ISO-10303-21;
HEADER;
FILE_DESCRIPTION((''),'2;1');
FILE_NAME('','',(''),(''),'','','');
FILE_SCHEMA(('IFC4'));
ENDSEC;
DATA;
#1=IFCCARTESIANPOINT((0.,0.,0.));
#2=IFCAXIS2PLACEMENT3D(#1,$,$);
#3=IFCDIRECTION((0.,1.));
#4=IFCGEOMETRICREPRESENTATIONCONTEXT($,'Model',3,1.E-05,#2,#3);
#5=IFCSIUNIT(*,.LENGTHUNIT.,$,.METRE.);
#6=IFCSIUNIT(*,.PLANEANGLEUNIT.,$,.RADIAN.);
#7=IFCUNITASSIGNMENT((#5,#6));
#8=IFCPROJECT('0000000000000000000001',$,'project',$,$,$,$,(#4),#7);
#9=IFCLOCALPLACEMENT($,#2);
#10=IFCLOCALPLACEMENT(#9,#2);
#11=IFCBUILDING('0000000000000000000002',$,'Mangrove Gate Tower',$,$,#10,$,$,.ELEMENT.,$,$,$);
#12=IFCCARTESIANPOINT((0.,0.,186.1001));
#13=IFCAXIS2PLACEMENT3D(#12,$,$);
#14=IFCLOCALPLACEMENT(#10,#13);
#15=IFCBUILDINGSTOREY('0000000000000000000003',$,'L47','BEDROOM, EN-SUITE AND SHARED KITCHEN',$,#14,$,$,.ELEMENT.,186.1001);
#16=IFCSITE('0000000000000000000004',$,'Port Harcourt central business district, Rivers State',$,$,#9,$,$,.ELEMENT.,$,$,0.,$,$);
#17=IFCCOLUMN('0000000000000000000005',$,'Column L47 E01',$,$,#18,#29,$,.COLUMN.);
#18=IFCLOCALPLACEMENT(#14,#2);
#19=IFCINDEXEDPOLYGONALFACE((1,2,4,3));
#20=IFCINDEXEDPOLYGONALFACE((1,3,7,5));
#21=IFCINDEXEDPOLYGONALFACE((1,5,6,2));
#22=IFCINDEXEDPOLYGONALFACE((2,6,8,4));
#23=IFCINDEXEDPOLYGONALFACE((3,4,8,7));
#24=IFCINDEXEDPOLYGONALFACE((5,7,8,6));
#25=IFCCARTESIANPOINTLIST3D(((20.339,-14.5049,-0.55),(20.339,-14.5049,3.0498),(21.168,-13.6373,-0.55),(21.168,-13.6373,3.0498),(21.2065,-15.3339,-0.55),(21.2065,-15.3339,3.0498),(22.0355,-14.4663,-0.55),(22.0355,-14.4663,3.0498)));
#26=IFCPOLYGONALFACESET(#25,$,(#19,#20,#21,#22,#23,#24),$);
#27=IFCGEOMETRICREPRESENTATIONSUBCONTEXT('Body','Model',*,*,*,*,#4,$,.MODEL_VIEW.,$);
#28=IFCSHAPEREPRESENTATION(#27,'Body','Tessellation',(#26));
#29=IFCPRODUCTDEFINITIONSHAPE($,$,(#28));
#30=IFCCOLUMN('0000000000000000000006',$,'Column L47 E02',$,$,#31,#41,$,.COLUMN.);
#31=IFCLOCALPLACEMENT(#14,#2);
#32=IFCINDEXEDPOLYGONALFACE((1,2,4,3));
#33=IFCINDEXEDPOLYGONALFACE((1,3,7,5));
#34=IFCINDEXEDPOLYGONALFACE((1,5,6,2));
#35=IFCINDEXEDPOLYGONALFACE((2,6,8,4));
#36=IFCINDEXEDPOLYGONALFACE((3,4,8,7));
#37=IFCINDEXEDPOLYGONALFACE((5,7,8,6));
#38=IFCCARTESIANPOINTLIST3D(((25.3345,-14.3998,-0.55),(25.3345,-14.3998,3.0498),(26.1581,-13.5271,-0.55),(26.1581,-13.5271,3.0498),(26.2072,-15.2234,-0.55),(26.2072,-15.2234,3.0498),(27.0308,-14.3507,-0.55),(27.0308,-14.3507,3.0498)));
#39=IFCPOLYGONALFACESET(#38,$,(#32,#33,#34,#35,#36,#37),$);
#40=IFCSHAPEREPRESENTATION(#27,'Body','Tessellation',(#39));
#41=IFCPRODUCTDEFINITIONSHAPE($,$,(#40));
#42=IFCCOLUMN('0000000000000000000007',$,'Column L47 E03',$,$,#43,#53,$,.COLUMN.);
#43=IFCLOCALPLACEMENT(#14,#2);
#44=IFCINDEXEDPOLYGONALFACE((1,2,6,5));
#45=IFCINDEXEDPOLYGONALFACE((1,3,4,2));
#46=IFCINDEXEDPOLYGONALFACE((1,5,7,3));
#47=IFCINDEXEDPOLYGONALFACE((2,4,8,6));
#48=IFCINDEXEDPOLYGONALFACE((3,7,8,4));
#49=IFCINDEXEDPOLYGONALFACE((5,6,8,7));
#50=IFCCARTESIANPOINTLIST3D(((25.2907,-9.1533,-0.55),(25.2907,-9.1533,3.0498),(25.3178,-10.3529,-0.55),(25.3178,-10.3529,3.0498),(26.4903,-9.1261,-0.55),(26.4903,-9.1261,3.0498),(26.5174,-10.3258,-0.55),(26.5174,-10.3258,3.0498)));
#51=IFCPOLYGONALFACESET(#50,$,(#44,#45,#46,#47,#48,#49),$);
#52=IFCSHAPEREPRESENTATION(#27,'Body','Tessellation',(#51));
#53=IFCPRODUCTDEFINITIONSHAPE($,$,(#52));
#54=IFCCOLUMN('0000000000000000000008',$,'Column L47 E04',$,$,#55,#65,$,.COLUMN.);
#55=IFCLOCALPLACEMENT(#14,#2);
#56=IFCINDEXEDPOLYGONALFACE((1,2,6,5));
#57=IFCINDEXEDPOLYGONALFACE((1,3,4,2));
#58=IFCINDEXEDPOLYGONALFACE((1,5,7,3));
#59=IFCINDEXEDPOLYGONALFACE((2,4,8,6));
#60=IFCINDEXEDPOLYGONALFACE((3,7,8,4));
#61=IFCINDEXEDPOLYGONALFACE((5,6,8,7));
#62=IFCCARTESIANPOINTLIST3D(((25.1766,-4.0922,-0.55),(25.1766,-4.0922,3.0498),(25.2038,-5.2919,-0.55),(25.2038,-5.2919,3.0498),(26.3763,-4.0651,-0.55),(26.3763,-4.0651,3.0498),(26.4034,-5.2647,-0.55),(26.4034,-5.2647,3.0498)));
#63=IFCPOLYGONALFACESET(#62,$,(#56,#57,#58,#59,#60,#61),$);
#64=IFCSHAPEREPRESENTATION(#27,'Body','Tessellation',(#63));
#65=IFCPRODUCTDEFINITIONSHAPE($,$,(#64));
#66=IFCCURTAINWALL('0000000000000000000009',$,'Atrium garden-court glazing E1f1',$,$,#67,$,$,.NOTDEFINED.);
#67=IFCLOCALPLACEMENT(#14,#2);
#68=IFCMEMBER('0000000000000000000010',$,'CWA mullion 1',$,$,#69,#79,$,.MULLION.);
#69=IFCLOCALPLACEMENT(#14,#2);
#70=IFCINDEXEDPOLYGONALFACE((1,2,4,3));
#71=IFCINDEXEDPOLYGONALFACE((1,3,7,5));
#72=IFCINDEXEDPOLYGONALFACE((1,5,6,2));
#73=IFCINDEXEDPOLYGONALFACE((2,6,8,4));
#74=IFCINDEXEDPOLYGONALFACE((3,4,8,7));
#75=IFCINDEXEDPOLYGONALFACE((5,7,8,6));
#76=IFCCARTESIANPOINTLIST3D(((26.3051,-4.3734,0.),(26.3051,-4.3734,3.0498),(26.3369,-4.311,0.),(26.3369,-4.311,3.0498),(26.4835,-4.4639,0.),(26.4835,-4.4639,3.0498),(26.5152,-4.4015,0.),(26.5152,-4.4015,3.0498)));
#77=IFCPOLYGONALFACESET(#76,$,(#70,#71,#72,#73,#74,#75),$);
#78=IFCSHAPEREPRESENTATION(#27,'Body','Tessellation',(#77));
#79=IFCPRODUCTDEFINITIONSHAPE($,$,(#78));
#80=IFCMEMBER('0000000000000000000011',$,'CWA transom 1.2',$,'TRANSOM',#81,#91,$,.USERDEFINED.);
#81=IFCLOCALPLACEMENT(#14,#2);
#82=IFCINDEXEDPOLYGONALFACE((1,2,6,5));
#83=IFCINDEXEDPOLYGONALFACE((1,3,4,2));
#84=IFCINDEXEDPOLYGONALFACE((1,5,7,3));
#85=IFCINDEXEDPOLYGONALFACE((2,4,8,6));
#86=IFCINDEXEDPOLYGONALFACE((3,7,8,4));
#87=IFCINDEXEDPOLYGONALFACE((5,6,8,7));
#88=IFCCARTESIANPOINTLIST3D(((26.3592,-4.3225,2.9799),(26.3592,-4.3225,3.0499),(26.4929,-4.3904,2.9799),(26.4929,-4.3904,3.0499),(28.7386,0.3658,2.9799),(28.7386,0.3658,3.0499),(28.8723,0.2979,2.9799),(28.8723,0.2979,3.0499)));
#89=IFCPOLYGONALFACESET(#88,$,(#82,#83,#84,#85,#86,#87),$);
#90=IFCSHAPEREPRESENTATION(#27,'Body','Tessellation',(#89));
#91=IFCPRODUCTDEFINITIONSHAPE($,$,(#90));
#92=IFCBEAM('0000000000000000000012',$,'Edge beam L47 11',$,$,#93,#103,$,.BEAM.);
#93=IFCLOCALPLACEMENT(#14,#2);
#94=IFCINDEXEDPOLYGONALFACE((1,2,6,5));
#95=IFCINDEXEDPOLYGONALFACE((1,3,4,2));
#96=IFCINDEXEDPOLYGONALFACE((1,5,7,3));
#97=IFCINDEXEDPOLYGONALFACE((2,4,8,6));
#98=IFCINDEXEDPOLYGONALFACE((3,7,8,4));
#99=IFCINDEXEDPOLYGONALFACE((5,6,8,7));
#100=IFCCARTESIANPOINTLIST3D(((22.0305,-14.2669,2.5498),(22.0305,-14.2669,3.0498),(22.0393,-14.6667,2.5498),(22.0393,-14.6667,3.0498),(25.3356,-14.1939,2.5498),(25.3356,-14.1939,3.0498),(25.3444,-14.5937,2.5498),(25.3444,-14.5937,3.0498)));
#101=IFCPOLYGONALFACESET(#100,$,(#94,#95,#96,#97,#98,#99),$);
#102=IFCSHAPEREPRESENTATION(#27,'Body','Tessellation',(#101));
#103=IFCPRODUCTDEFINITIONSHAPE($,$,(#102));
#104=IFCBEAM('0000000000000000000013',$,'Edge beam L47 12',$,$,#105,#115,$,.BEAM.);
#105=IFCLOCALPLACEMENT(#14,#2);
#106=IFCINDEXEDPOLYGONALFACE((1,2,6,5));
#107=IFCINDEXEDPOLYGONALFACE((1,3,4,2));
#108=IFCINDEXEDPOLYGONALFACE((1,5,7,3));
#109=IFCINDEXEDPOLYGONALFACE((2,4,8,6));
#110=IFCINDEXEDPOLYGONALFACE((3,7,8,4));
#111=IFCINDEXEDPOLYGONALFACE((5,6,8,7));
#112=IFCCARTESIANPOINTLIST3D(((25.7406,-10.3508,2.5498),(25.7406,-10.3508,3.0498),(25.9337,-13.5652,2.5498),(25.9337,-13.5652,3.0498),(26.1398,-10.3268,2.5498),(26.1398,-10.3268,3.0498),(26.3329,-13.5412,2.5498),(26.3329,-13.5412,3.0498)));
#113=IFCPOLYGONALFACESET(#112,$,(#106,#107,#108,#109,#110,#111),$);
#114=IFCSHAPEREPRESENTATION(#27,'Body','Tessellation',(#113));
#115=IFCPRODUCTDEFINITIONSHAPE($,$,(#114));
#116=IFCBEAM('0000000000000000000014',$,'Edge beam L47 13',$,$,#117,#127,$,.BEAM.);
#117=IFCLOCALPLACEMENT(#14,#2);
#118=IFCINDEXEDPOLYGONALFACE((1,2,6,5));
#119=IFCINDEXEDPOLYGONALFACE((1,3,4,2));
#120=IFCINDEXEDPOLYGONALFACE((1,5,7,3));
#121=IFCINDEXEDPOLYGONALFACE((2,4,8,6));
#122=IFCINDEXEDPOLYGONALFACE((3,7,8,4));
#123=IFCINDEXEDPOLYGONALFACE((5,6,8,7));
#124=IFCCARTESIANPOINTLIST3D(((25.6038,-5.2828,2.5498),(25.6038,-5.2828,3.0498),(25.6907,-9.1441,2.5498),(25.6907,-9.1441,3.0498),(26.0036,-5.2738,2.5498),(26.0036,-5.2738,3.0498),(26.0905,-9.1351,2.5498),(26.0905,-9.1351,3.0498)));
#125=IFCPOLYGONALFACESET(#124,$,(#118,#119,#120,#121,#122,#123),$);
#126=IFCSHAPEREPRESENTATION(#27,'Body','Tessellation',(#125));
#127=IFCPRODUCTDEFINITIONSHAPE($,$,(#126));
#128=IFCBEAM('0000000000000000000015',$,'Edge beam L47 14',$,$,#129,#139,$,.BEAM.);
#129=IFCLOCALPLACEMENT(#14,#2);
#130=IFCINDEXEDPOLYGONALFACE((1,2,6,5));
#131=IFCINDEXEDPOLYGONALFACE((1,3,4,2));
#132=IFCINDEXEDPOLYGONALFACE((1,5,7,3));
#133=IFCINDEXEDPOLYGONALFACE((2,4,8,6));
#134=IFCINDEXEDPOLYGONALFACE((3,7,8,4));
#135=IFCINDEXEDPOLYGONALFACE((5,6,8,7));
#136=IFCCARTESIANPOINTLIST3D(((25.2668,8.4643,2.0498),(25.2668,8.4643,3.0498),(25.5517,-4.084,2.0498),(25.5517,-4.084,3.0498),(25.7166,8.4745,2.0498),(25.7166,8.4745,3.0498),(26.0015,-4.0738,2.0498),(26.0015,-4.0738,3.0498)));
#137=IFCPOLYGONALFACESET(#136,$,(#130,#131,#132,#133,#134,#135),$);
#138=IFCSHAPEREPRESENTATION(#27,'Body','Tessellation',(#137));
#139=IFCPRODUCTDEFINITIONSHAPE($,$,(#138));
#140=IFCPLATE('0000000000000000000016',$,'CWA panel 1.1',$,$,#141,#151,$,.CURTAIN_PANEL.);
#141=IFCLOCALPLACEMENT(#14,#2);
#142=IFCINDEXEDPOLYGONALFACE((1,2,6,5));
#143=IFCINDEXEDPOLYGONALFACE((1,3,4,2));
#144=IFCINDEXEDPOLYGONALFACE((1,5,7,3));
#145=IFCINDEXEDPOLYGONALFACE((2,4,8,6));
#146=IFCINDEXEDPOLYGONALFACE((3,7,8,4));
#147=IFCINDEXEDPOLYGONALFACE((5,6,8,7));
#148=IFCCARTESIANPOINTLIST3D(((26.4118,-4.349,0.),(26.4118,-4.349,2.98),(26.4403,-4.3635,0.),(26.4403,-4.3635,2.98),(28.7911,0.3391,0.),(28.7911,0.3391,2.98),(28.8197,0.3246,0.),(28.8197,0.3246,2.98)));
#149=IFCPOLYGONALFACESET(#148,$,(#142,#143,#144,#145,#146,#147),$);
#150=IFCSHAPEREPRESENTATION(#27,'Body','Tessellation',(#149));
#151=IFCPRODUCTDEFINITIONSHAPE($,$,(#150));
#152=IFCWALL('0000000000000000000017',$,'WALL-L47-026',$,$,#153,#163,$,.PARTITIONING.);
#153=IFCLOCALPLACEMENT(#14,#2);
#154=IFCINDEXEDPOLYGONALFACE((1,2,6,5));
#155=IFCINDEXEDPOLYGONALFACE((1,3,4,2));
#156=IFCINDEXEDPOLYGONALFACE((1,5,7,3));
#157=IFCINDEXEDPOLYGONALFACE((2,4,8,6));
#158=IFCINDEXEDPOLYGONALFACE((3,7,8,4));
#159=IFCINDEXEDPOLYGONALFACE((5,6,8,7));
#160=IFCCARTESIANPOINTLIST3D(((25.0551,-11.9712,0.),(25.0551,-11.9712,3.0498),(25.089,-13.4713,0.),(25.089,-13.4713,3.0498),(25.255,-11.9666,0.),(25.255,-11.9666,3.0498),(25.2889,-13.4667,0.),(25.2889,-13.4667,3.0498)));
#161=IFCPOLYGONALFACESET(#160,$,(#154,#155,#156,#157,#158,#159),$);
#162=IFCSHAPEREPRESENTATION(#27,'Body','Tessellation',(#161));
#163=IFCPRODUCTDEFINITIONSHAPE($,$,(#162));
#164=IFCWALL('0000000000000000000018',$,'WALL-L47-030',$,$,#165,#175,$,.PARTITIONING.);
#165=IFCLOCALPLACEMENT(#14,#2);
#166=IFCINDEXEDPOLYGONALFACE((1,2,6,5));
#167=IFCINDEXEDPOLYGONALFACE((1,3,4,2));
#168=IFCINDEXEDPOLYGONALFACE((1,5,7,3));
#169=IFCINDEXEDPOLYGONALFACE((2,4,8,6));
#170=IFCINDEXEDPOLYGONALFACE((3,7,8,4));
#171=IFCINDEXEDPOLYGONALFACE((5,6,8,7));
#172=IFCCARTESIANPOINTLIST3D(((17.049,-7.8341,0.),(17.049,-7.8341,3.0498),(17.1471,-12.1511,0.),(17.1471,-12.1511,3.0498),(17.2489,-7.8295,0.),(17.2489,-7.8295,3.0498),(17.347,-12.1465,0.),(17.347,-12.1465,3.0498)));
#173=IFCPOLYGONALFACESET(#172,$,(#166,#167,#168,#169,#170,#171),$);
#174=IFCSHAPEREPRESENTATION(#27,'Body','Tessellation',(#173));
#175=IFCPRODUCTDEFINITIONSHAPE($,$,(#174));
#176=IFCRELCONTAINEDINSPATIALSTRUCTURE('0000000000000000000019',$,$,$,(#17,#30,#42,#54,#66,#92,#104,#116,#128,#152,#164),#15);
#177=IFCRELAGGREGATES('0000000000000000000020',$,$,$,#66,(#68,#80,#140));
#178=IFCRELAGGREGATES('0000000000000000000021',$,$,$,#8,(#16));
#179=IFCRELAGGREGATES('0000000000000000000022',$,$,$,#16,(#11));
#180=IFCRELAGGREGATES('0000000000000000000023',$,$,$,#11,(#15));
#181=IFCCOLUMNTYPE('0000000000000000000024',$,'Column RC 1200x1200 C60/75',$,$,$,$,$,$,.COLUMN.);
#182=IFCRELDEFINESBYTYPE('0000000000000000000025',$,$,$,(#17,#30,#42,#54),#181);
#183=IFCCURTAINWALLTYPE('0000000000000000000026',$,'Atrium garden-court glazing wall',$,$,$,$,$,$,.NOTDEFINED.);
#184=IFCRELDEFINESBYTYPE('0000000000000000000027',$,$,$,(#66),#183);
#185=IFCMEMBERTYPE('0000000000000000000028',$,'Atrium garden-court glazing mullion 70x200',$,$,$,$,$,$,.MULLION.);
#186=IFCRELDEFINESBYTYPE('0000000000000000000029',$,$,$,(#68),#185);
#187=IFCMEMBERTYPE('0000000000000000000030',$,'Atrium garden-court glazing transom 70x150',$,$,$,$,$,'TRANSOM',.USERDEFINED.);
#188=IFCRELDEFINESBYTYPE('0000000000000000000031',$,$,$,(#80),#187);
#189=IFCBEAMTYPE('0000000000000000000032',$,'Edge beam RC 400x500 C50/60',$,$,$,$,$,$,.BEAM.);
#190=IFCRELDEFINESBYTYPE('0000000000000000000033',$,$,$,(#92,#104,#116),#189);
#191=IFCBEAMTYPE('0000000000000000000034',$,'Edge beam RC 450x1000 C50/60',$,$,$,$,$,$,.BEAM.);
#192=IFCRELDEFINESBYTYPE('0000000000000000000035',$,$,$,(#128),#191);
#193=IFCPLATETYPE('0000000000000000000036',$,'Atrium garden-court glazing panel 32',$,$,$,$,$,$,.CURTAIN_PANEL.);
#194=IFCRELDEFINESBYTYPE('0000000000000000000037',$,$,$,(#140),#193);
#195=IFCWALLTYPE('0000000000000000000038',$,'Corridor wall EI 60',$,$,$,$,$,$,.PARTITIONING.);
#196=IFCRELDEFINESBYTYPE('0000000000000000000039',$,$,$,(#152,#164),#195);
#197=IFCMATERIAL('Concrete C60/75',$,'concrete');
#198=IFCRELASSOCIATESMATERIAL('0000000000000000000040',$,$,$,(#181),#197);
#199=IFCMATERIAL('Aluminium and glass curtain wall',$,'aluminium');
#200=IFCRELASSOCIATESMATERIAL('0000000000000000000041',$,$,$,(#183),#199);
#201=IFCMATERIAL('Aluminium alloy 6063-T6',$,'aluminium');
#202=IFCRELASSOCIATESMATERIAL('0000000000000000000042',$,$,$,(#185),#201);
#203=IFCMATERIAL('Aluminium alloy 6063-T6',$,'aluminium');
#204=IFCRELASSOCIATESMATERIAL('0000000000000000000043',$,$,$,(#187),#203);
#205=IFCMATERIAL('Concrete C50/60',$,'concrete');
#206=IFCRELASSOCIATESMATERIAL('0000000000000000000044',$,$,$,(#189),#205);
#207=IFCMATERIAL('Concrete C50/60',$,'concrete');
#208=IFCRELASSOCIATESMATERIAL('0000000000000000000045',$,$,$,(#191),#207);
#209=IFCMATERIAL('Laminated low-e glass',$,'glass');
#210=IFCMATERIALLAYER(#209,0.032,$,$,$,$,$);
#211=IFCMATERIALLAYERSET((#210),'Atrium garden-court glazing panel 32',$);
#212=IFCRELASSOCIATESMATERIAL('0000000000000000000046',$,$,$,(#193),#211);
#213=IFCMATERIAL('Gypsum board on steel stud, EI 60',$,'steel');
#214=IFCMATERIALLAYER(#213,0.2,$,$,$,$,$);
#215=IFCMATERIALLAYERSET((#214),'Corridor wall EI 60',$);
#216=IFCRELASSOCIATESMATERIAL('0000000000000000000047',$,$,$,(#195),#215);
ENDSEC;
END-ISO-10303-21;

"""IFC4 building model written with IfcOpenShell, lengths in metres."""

from ifc_helpers import new_model, si_unit, direction, frame, frame_2d, origin, origin_2d, place, context, subcontext, project, spatial, rectangle, extrude, material, layer, layer_set, material_profile, profile_set, type_object, element, aggregate, save


model = new_model("IFC4")

# Units and contexts
model_context = context("Model", 3, precision=1e-05, world=origin(), true_north=direction((0.0, 1.0)))
body_context = subcontext(model_context, "Body", "Model", "MODEL_VIEW")
ifc_project = project(units=[si_unit("LENGTHUNIT", "METRE"), si_unit("PLANEANGLEUNIT", "RADIAN")], contexts=[model_context])

# Site, building, storey
site_placement = place(None, origin())
site = spatial("IfcSite", under=ifc_project, at=site_placement, Name="Port Harcourt central business district, Rivers State", CompositionType="ELEMENT", RefElevation=0.0)
building_placement = place(site_placement, origin())
building = spatial("IfcBuilding", under=site, at=building_placement, Name="Mangrove Gate Tower", CompositionType="ELEMENT")
storey_placement = place(building_placement, frame((0.0, 0.0, 186.1001)))
storey = spatial("IfcBuildingStorey", under=building, at=storey_placement, Name="L47", Description="BEDROOM, EN-SUITE AND SHARED KITCHEN", CompositionType="ELEMENT", Elevation=186.1001)

# Columns
ifc_material_1 = material(Name="Concrete C60/75", Category="concrete")
ifc_material_profile_1 = material_profile(ifc_material_1, rectangle(XDim=1.2, YDim=1.2, at=origin_2d()))
ifc_profile_set_1 = profile_set([ifc_material_profile_1], Name="Concrete C60/75")
column_type = type_object("IfcColumnType", Name="Column RC 1200x1200 C60/75", PredefinedType="COLUMN", material=ifc_profile_set_1)
for number, where, z_axis, x_axis, name in (
    (1, (21.1873, -14.4856, -0.55), (0.0, 0.0, 1.0), (0.690873, 0.722977, 0.0), "Column L47 E01"),
    (2, (26.1826, -14.3752, -0.55), (0.0, 0.0, 1.0), (0.686359, 0.727263, 0.0), "Column L47 E02"),
    (3, (25.9041, -9.7395, -0.55), (0.0, 0.0, 1.0), (-0.022618, 0.999744, 0.0), "Column L47 E03"),
    (4, (25.79, -4.6785, -0.55), (0.0, 0.0, 1.0), (-0.022643, 0.999744, 0.0), "Column L47 E04"),
):
    element("IfcColumn", number, at=place(storey_placement, frame(where, z_axis=z_axis, x_axis=x_axis)), inside=storey, type_object=column_type, Name=name, PredefinedType="COLUMN", context=body_context, shape_type="SweptSolid", body=[
        extrude(rectangle(XDim=1.2, YDim=1.2, at=origin_2d()), origin(), (0.0, 0.0, 1.0), 3.5999),
    ])

# Curtain wall, members
ifc_material_2 = material(Name="Aluminium and glass curtain wall", Category="aluminium")
curtain_wall_type = type_object("IfcCurtainWallType", Name="Atrium garden-court glazing wall", PredefinedType="NOTDEFINED", material=ifc_material_2)
curtain_wall_placement = place(storey_placement, origin())
curtain_wall = element("IfcCurtainWall", 5, at=curtain_wall_placement, inside=storey, type_object=curtain_wall_type, Name="Atrium garden-court glazing E1f1", PredefinedType="NOTDEFINED")
ifc_material_3 = material(Name="Aluminium alloy 6063-T6", Category="aluminium")
ifc_material_profile_2 = material_profile(ifc_material_3, rectangle(XDim=0.0701, YDim=0.2, at=origin_2d()))
ifc_profile_set_2 = profile_set([ifc_material_profile_2], Name="Aluminium alloy 6063-T6")
member_type_1 = type_object("IfcMemberType", Name="Atrium garden-court glazing mullion 70x200", PredefinedType="MULLION", material=ifc_profile_set_2)
member_1_placement = place(storey_placement, frame((26.4102, -4.3875, 0.0), z_axis=(0.0, 0.0, 1.0), x_axis=(0.452578, 0.891725, 0.0)))
member_1 = element("IfcMember", 6, at=member_1_placement, type_object=member_type_1, Name="CWA mullion 1", PredefinedType="MULLION", context=body_context, shape_type="SweptSolid", body=[
    extrude(rectangle(XDim=0.0701, YDim=0.2, at=origin_2d()), origin(), (0.0, 0.0, 1.0), 3.0498),
])
ifc_material_4 = material(Name="Aluminium alloy 6063-T6", Category="aluminium")
ifc_material_profile_3 = material_profile(ifc_material_4, rectangle(XDim=0.0701, YDim=0.1499, at=origin_2d()))
ifc_profile_set_3 = profile_set([ifc_material_profile_3], Name="Aluminium alloy 6063-T6")
member_type_2 = type_object("IfcMemberType", Name="Atrium garden-court glazing transom 70x150", ElementType="TRANSOM", PredefinedType="USERDEFINED", material=ifc_profile_set_3)
member_2_placement = place(storey_placement, frame((26.426, -4.3564, 3.0149), z_axis=(0.452574, 0.891727, 0.0), x_axis=(0.0, 0.0, 1.0)))
member_2 = element("IfcMember", 7, at=member_2_placement, type_object=member_type_2, Name="CWA transom 1.2", ObjectType="TRANSOM", PredefinedType="USERDEFINED", context=body_context, shape_type="SweptSolid", body=[
    extrude(rectangle(XDim=0.0701, YDim=0.1499, at=origin_2d()), origin(), (0.0, 0.0, 1.0), 5.2576),
])

# Beams
ifc_material_5 = material(Name="Concrete C50/60", Category="concrete")
ifc_material_profile_4 = material_profile(ifc_material_5, rectangle(XDim=0.3999, YDim=0.5, at=origin_2d()))
ifc_profile_set_4 = profile_set([ifc_material_profile_4], Name="Concrete C50/60")
beam_type_1 = type_object("IfcBeamType", Name="Edge beam RC 400x500 C50/60", PredefinedType="BEAM", material=ifc_profile_set_4)
beam_1_placement = place(storey_placement, frame((22.0349, -14.4668, 2.7998), z_axis=(0.999756, 0.022081, 0.0), x_axis=(-0.022081, 0.999756, 0.0)))
element("IfcBeam", 8, at=beam_1_placement, inside=storey, type_object=beam_type_1, Name="Edge beam L47 11", PredefinedType="BEAM", context=body_context, shape_type="SweptSolid", body=[
    extrude(rectangle(XDim=0.3999, YDim=0.5, at=origin_2d()), origin(), (0.0, 0.0, 1.0), 3.3059),
])
beam_2_placement = place(storey_placement, frame((26.1333, -13.5532, 2.7998), z_axis=(-0.059971, 0.9982, 0.0), x_axis=(-0.9982, -0.059971, 0.0)))
element("IfcBeam", 9, at=beam_2_placement, inside=storey, type_object=beam_type_1, Name="Edge beam L47 12", PredefinedType="BEAM", context=body_context, shape_type="SweptSolid", body=[
    extrude(rectangle(XDim=0.3999, YDim=0.5, at=origin_2d()), origin(), (0.0, 0.0, 1.0), 3.2202),
])
beam_3_placement = place(storey_placement, frame((25.8906, -9.1396, 2.7998), z_axis=(-0.022503, 0.999747, 0.0), x_axis=(-0.999747, -0.022503, 0.0)))
element("IfcBeam", 10, at=beam_3_placement, inside=storey, type_object=beam_type_1, Name="Edge beam L47 13", PredefinedType="BEAM", context=body_context, shape_type="SweptSolid", body=[
    extrude(rectangle(XDim=0.3999, YDim=0.5, at=origin_2d()), origin(), (0.0, 0.0, 1.0), 3.8623),
])
ifc_material_6 = material(Name="Concrete C50/60", Category="concrete")
ifc_material_profile_5 = material_profile(ifc_material_6, rectangle(XDim=0.45, YDim=1.0, at=origin_2d()))
ifc_profile_set_5 = profile_set([ifc_material_profile_5], Name="Concrete C50/60")
beam_type_2 = type_object("IfcBeamType", Name="Edge beam RC 450x1000 C50/60", PredefinedType="BEAM", material=ifc_profile_set_5)
beam_4_placement = place(storey_placement, frame((25.7766, -4.0789, 2.5498), z_axis=(-0.022699, 0.999742, 0.0), x_axis=(-0.999742, -0.022699, 0.0)))
element("IfcBeam", 11, at=beam_4_placement, inside=storey, type_object=beam_type_2, Name="Edge beam L47 14", PredefinedType="BEAM", context=body_context, shape_type="SweptSolid", body=[
    extrude(rectangle(XDim=0.45, YDim=1.0, at=origin_2d()), origin(), (0.0, 0.0, 1.0), 12.5515),
])

# Plate
ifc_material_7 = material(Name="Laminated low-e glass", Category="glass")
ifc_layer_1 = layer(ifc_material_7, 0.032)
ifc_layer_set_1 = layer_set([ifc_layer_1], Name="Atrium garden-court glazing panel 32")
plate_type = type_object("IfcPlateType", Name="Atrium garden-court glazing panel 32", PredefinedType="CURTAIN_PANEL", material=ifc_layer_set_1)
plate_placement = place(storey_placement, frame((27.6157, -2.0122, 0.0), z_axis=(0.0, 0.0, 1.0), x_axis=(0.452578, 0.891725, 0.0)))
plate = element("IfcPlate", 12, at=plate_placement, type_object=plate_type, Name="CWA panel 1.1", PredefinedType="CURTAIN_PANEL", context=body_context, shape_type="SweptSolid", body=[
    extrude(rectangle(XDim=5.2573, YDim=0.032, at=origin_2d()), origin(), (0.0, 0.0, 1.0), 2.98),
])
aggregate(curtain_wall, [member_1, member_2, plate])

# Walls
ifc_material_8 = material(Name="Gypsum board on steel stud, EI 60", Category="steel")
ifc_layer_2 = layer(ifc_material_8, 0.2)
ifc_layer_set_2 = layer_set([ifc_layer_2], Name="Corridor wall EI 60")
wall_type_1 = type_object("IfcWallType", Name="Corridor wall EI 60", PredefinedType="PARTITIONING", material=ifc_layer_set_2)
wall_1_placement = place(storey_placement, frame((25.189, -13.469, 0.0), z_axis=(0.0, 0.0, 1.0), x_axis=(-0.022618, 0.999744, 0.0)))
element("IfcWall", 13, at=wall_1_placement, inside=storey, type_object=wall_type_1, Name="WALL-L47-026", PredefinedType="PARTITIONING", context=body_context, shape_type="SweptSolid", body=[
    extrude(rectangle(XDim=1.5005, YDim=0.2, at=frame_2d((0.7502, 0.0))), origin(), (0.0, 0.0, 1.0), 3.0498),
])
wall_2_placement = place(storey_placement, frame((17.2471, -12.1489, 0.0), z_axis=(0.0, 0.0, 1.0), x_axis=(-0.022729, 0.999742, 0.0)))
element("IfcWall", 14, at=wall_2_placement, inside=storey, type_object=wall_type_1, Name="WALL-L47-030", PredefinedType="PARTITIONING", context=body_context, shape_type="SweptSolid", body=[
    extrude(rectangle(XDim=4.3181, YDim=0.2, at=frame_2d((2.1592, 0.0))), origin(), (0.0, 0.0, 1.0), 3.0498),
])

save(model, "model.ifc")
